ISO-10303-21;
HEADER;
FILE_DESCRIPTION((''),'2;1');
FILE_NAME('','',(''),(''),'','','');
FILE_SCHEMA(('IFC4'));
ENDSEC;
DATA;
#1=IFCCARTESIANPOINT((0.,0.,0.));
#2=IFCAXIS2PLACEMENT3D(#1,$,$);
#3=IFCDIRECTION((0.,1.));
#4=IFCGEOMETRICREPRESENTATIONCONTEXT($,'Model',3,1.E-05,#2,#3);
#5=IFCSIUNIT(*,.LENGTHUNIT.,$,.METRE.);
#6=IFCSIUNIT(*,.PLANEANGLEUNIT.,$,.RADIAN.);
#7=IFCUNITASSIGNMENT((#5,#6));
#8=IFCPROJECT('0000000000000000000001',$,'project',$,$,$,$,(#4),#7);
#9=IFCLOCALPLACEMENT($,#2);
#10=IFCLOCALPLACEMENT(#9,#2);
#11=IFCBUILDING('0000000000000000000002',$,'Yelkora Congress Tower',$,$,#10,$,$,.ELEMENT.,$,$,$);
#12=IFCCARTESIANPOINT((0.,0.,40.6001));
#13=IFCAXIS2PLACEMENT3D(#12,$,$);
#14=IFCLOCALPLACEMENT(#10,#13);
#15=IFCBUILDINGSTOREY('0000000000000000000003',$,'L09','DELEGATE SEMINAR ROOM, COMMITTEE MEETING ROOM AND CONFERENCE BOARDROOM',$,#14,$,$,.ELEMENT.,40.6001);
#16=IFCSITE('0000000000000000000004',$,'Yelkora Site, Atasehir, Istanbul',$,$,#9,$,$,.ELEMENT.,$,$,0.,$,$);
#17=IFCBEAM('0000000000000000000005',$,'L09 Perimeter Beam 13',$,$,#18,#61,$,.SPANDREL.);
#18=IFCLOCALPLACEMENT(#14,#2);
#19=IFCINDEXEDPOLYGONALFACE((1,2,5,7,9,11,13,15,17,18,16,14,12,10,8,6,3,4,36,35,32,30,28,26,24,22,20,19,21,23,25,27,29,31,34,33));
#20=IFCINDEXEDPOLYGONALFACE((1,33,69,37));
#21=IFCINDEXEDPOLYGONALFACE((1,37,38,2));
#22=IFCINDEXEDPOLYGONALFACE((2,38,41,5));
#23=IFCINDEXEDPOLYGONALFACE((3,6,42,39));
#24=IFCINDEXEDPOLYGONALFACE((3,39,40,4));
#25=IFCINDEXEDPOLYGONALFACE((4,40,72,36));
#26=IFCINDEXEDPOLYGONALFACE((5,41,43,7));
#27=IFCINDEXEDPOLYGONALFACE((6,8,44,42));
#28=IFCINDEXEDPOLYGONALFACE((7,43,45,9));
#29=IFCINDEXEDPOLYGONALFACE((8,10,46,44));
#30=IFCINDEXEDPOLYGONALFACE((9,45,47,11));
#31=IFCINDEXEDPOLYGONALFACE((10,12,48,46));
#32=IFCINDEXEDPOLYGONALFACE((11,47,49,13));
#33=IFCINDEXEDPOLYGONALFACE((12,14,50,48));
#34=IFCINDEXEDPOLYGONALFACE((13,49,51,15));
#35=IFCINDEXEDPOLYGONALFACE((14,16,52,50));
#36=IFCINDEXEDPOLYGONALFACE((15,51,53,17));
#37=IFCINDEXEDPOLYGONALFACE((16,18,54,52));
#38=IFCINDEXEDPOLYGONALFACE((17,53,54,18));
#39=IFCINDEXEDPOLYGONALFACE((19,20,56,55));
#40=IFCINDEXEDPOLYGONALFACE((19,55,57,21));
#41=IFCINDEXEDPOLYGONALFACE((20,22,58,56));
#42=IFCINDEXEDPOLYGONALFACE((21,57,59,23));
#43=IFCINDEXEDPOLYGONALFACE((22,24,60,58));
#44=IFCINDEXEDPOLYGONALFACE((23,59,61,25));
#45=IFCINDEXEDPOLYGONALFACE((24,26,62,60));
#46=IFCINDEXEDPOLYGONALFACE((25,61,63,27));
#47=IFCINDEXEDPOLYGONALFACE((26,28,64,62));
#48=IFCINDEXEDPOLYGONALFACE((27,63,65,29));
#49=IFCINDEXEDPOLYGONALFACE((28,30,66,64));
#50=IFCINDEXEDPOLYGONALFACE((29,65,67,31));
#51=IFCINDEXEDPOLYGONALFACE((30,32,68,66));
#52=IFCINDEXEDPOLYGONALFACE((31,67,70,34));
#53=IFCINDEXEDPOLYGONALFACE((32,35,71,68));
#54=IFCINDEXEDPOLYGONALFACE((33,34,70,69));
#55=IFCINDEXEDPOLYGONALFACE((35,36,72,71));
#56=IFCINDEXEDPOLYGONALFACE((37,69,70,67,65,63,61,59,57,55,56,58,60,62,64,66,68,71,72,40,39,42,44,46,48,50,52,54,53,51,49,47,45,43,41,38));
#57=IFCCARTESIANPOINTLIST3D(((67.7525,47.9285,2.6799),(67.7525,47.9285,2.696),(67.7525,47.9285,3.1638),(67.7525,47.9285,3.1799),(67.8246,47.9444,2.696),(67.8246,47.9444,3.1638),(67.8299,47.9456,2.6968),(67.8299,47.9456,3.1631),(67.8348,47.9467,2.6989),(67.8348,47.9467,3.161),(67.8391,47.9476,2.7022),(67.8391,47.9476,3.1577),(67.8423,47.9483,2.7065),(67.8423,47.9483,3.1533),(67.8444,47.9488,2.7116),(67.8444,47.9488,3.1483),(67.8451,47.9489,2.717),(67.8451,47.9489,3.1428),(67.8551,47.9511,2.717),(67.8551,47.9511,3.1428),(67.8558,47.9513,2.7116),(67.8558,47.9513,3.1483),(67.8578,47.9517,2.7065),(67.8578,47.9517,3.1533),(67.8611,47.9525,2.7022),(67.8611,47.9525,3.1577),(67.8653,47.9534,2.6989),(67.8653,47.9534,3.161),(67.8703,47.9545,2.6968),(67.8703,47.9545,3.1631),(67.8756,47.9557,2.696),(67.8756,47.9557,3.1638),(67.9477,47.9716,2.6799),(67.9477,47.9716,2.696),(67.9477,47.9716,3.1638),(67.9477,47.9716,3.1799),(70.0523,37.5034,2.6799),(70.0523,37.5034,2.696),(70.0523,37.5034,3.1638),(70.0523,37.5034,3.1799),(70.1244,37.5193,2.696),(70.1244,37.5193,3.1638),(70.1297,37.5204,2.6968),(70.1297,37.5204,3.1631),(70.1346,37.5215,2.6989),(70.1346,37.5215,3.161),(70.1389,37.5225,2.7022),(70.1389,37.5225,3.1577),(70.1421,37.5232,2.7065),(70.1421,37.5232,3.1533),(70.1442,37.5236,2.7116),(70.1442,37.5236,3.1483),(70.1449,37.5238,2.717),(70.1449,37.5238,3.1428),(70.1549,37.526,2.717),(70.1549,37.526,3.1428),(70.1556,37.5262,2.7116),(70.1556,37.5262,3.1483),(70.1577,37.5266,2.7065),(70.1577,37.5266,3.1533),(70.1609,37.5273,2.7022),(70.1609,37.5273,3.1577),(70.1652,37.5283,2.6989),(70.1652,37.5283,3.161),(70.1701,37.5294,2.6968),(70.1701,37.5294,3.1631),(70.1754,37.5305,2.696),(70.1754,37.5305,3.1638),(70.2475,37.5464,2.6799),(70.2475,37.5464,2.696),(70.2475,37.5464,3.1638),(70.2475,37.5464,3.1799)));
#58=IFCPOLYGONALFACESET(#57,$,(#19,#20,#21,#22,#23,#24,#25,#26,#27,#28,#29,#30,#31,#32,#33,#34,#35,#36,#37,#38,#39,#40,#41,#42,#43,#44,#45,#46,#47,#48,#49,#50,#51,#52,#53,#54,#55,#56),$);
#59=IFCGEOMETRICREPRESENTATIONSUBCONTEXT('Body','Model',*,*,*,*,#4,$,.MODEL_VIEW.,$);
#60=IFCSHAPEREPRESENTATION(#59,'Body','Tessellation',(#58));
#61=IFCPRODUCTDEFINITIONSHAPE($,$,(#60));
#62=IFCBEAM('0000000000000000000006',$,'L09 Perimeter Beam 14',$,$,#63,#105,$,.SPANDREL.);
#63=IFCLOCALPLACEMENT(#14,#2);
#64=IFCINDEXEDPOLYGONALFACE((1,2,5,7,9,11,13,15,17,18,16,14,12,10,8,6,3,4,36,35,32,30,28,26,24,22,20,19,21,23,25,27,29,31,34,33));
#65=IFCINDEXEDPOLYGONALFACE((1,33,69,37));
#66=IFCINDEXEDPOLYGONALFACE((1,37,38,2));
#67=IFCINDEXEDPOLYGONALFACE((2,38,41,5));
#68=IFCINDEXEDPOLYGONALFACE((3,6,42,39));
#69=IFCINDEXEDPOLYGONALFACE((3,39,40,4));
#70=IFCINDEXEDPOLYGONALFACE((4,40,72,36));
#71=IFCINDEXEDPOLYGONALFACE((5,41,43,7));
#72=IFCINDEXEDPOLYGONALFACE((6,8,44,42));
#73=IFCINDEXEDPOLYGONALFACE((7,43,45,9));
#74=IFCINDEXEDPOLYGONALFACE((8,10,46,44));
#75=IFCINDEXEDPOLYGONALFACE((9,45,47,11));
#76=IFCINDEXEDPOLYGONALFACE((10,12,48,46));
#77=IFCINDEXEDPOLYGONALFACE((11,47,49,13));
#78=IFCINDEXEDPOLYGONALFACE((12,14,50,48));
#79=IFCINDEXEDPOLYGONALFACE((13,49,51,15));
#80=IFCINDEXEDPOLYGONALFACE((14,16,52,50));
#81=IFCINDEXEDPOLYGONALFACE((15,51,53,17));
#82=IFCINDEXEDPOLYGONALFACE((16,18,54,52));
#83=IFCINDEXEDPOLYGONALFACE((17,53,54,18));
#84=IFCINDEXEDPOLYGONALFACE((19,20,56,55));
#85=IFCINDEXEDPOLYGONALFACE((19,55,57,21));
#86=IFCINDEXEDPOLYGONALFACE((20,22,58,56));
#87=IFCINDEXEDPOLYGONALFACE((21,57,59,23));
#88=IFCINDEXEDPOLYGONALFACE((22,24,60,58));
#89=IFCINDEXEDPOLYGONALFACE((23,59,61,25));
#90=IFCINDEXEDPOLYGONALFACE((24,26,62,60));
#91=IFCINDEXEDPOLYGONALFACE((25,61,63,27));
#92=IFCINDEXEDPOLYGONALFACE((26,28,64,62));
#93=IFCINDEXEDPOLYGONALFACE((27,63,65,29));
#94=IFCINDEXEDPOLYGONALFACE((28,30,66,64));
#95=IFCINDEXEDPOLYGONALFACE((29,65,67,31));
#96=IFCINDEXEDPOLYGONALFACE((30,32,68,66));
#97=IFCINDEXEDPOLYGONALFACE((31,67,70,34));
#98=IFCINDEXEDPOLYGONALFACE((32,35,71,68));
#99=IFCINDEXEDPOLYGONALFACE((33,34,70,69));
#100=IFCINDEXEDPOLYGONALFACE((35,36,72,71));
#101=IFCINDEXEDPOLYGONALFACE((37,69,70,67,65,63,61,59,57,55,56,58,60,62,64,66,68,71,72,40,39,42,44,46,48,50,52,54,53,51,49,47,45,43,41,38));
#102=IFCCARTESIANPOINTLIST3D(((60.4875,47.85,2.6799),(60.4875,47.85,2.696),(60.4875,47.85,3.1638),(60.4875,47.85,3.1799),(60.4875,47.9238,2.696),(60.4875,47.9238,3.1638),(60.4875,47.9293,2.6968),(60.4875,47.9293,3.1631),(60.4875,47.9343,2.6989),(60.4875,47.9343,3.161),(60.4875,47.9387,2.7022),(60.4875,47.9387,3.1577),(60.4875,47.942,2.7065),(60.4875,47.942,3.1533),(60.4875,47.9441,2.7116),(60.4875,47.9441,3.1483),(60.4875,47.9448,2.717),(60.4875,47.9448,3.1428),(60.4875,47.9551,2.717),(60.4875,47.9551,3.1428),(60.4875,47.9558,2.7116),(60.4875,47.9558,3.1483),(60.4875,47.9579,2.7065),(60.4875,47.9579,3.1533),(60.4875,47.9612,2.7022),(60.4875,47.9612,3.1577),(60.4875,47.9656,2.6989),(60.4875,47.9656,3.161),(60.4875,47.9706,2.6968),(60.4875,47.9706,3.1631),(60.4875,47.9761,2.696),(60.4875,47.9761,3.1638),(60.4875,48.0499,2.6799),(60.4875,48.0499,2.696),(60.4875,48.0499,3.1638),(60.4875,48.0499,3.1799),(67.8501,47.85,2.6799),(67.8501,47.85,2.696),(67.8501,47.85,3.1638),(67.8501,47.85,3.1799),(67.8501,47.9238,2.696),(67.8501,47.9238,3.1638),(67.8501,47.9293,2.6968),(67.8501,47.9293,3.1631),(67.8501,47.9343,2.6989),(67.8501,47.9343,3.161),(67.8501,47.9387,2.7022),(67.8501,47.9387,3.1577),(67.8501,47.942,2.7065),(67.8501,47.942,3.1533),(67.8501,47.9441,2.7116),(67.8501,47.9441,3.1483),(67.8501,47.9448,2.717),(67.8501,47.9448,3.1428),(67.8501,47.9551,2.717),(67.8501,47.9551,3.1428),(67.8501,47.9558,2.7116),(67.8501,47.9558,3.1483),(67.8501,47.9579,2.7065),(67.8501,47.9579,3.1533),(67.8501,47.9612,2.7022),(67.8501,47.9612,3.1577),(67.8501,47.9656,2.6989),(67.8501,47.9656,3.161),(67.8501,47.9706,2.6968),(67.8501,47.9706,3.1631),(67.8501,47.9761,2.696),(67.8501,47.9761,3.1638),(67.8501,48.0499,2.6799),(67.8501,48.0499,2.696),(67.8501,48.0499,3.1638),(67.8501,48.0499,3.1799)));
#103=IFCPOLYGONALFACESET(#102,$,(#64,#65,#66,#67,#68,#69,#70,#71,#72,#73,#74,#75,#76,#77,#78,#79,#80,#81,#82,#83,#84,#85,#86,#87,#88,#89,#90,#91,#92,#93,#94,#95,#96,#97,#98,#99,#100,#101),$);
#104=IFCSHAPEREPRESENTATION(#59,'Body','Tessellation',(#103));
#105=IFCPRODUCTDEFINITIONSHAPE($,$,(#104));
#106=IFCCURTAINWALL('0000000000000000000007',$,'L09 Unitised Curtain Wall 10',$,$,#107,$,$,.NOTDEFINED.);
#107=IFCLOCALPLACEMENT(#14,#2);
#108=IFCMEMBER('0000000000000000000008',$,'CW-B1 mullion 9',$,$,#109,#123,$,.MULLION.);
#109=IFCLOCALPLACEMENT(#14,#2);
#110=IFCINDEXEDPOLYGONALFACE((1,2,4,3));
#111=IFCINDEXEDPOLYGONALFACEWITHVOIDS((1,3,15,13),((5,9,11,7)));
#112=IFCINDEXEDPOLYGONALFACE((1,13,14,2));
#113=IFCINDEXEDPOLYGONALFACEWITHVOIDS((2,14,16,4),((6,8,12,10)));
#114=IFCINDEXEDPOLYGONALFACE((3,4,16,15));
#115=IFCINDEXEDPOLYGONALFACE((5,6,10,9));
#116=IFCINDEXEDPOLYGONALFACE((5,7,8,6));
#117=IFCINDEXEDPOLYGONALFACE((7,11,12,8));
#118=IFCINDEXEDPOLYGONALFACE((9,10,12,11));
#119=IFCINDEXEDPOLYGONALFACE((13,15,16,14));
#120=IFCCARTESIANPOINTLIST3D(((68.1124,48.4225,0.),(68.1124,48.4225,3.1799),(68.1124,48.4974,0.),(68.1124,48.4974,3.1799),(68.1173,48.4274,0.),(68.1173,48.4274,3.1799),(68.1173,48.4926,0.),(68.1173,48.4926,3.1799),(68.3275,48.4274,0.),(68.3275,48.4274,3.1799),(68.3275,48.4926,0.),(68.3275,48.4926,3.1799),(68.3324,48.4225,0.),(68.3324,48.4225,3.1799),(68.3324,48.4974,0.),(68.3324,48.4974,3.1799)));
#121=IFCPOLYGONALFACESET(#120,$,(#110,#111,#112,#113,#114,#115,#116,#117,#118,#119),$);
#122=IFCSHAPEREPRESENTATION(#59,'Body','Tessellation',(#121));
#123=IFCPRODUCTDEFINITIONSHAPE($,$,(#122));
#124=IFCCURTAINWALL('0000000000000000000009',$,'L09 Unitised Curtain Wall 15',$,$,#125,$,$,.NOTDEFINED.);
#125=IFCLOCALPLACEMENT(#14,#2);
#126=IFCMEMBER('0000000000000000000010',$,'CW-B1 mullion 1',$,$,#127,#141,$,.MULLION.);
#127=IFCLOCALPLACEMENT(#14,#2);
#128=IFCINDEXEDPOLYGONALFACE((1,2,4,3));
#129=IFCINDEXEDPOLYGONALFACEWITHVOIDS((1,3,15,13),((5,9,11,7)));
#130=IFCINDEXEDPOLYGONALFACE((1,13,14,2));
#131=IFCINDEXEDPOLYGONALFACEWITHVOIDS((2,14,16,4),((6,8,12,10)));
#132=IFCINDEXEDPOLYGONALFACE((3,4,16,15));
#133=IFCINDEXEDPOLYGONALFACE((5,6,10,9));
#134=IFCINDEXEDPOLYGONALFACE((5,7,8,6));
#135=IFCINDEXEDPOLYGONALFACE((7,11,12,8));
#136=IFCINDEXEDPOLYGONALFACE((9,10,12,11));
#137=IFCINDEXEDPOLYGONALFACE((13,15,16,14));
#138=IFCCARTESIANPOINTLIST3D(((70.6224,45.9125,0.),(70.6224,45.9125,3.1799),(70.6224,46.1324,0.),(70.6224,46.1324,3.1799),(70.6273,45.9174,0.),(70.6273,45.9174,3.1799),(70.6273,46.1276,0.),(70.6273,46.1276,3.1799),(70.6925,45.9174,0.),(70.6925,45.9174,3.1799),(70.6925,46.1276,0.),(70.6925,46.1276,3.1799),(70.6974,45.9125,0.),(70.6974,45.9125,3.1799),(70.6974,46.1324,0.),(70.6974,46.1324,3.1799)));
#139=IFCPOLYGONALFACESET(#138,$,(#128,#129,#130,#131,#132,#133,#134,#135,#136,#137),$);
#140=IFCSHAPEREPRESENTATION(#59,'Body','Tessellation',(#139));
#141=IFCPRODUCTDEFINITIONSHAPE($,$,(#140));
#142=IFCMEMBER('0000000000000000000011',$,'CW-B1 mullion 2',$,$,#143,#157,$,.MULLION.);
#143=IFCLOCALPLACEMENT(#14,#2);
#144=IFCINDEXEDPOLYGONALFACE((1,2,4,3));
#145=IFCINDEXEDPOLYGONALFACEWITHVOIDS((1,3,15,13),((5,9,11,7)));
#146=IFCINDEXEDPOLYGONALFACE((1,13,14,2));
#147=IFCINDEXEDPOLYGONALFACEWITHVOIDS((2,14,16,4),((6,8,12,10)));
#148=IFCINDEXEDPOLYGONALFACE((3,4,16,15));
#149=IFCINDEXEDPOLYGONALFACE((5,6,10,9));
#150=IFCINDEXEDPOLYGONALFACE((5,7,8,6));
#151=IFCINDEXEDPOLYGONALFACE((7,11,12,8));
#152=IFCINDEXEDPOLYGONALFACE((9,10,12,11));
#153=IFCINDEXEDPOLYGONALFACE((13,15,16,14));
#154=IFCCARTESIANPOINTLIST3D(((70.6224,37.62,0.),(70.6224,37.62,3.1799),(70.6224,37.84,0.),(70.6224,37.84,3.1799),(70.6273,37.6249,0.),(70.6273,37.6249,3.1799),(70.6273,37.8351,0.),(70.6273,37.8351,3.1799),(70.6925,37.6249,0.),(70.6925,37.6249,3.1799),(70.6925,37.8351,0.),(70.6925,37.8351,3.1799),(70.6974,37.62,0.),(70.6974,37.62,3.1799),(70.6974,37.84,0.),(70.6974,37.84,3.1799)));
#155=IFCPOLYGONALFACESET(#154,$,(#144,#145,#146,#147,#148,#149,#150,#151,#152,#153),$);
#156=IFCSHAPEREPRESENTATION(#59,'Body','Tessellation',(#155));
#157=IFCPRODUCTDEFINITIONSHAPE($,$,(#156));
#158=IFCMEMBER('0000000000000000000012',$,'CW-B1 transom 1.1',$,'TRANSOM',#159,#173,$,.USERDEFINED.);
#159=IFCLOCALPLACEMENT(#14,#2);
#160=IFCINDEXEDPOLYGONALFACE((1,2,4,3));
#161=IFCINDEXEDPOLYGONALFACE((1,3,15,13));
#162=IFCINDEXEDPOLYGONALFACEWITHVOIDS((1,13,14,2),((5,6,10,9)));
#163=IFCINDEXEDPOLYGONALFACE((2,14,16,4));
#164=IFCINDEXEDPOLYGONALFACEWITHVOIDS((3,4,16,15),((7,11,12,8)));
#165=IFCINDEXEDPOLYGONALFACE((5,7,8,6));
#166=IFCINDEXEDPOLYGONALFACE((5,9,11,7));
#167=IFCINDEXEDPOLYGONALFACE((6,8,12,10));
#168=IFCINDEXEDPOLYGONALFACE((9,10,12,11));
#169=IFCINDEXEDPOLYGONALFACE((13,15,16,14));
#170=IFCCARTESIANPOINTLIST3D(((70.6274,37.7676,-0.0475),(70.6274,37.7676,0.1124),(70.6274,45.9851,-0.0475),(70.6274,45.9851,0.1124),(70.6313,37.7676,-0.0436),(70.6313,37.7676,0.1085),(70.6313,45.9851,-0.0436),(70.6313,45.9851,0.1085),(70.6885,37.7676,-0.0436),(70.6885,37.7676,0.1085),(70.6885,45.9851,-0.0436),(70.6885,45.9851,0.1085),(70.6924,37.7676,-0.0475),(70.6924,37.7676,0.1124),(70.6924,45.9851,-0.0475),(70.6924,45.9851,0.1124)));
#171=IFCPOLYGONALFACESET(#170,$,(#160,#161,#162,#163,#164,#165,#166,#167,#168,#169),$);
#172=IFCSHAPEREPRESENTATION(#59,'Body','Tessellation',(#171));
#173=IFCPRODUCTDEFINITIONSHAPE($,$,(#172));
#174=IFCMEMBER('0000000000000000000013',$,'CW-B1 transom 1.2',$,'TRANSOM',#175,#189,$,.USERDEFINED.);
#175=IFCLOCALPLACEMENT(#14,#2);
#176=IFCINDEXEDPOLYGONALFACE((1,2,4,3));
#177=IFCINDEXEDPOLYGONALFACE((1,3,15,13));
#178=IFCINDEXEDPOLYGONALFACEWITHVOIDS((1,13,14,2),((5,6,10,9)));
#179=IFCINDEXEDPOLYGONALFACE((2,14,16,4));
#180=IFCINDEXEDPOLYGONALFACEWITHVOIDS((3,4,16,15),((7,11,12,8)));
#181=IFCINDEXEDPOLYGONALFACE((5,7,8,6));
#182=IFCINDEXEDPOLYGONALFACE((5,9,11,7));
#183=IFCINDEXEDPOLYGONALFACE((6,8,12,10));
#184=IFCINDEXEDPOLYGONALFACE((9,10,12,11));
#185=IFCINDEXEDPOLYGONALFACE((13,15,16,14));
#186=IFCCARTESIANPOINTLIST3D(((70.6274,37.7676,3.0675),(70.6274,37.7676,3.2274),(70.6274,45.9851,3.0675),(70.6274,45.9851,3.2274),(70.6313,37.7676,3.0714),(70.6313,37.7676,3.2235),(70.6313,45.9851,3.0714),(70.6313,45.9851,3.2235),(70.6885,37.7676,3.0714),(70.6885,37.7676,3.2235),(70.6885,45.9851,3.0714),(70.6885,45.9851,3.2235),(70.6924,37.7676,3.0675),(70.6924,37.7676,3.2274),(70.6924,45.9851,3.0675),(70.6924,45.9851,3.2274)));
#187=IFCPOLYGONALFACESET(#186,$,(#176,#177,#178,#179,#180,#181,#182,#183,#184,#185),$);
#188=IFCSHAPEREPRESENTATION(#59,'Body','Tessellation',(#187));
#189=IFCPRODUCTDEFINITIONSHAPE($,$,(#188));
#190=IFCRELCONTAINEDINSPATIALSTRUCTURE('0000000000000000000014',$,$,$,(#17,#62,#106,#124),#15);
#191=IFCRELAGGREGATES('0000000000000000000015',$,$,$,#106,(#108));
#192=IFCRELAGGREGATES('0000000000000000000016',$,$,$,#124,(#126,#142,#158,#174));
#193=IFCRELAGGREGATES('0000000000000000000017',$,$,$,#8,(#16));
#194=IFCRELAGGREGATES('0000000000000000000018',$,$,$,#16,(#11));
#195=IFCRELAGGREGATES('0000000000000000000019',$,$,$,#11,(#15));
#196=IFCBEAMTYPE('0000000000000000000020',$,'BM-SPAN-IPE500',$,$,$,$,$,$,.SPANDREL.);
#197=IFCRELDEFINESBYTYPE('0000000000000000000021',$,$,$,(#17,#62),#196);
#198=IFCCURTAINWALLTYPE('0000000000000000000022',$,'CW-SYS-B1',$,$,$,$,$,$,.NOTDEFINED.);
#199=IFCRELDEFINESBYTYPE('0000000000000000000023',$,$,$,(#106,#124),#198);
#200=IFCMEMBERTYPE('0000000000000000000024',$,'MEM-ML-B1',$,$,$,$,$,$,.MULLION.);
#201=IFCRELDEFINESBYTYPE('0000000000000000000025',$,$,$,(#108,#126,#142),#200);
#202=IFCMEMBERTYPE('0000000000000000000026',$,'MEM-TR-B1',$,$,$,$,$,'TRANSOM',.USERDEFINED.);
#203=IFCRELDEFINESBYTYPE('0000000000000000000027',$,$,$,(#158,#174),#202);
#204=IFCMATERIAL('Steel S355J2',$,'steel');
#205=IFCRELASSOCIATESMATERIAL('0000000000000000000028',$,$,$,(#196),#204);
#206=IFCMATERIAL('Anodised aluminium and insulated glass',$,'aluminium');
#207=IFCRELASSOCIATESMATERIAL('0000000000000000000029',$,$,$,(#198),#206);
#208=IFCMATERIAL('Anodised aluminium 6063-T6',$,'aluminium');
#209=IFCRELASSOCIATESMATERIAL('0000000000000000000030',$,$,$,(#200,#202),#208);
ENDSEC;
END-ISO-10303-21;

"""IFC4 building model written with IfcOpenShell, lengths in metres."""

from ifc_helpers import new_model, si_unit, direction, frame, origin, origin_2d, place, context, subcontext, project, spatial, hollow_rectangle, i_section, extrude, material, material_profile, profile_set, type_object, element, aggregate, save


model = new_model("IFC4")

# Units and contexts
model_context = context("Model", 3, precision=1e-05, world=origin(), true_north=direction((0.0, 1.0)))
body_context = subcontext(model_context, "Body", "Model", "MODEL_VIEW")
ifc_project = project(units=[si_unit("LENGTHUNIT", "METRE"), si_unit("PLANEANGLEUNIT", "RADIAN")], contexts=[model_context])

# Site, building, storey
site_placement = place(None, origin())
site = spatial("IfcSite", under=ifc_project, at=site_placement, Name="Yelkora Site, Atasehir, Istanbul", CompositionType="ELEMENT", RefElevation=0.0)
building_placement = place(site_placement, origin())
building = spatial("IfcBuilding", under=site, at=building_placement, Name="Yelkora Congress Tower", CompositionType="ELEMENT")
storey_placement = place(building_placement, frame((0.0, 0.0, 40.6001)))
storey = spatial("IfcBuildingStorey", under=building, at=storey_placement, Name="L09", Description="DELEGATE SEMINAR ROOM, COMMITTEE MEETING ROOM AND CONFERENCE BOARDROOM", CompositionType="ELEMENT", Elevation=40.6001)

# Beams
ifc_material_1 = material(Name="Steel S355J2", Category="steel")
ifc_material_profile_1 = material_profile(ifc_material_1, i_section(OverallWidth=0.2, OverallDepth=0.5, WebThickness=0.0103, FlangeThickness=0.0161, FilletRadius=0.021, at=origin_2d()), Name="IPE 500")
ifc_profile_set_1 = profile_set([ifc_material_profile_1], Name="Steel S355J2")
beam_type_1 = type_object("IfcBeamType", Name="BM-SPAN-IPE500", PredefinedType="SPANDREL", material=ifc_profile_set_1)
beam_1_placement = place(storey_placement, frame((70.1499, 37.5249, 2.9299), z_axis=(-0.215424, 0.976521, 0.0), x_axis=(-0.976521, -0.215424, 0.0)))
element("IfcBeam", 1, at=beam_1_placement, inside=storey, type_object=beam_type_1, Name="L09 Perimeter Beam 13", PredefinedType="SPANDREL", context=body_context, shape_type="SweptSolid", body=[
    extrude(i_section(OverallWidth=0.2, OverallDepth=0.5, WebThickness=0.0103, FlangeThickness=0.0161, FilletRadius=0.021, at=origin_2d()), origin(), (0.0, 0.0, 1.0), 10.6758),
])
beam_2_placement = place(storey_placement, frame((67.8501, 47.95, 2.9299), z_axis=(-1.0, 0.0, 0.0), x_axis=(0.0, -1.0, 0.0)))
element("IfcBeam", 2, at=beam_2_placement, inside=storey, type_object=beam_type_1, Name="L09 Perimeter Beam 14", PredefinedType="SPANDREL", context=body_context, shape_type="SweptSolid", body=[
    extrude(i_section(OverallWidth=0.2, OverallDepth=0.5, WebThickness=0.0103, FlangeThickness=0.0161, FilletRadius=0.021, at=origin_2d()), origin(), (0.0, 0.0, 1.0), 7.3625),
])

# Curtain wall, member
ifc_material_2 = material(Name="Anodised aluminium and insulated glass", Category="aluminium")
curtain_wall_type = type_object("IfcCurtainWallType", Name="CW-SYS-B1", PredefinedType="NOTDEFINED", material=ifc_material_2)
curtain_wall_1_placement = place(storey_placement, origin())
curtain_wall_1 = element("IfcCurtainWall", 3, at=curtain_wall_1_placement, inside=storey, type_object=curtain_wall_type, Name="L09 Unitised Curtain Wall 10", PredefinedType="NOTDEFINED")
ifc_material_3 = material(Name="Anodised aluminium 6063-T6", Category="aluminium")
ifc_material_profile_2 = material_profile(ifc_material_3, hollow_rectangle(XDim=0.075, YDim=0.22, WallThickness=0.0049, at=origin_2d()), Name="ALU 75x220x5")
ifc_profile_set_2 = profile_set([ifc_material_profile_2], Name="Anodised aluminium 6063-T6")
member_type_1 = type_object("IfcMemberType", Name="MEM-ML-B1", PredefinedType="MULLION", material=ifc_profile_set_2)
member_1_placement = place(storey_placement, frame((68.2224, 48.46, 0.0), z_axis=(0.0, 0.0, 1.0), x_axis=(0.0, 1.0, 0.0)))
member_1 = element("IfcMember", 4, at=member_1_placement, type_object=member_type_1, Name="CW-B1 mullion 9", PredefinedType="MULLION", context=body_context, shape_type="SweptSolid", body=[
    extrude(hollow_rectangle(XDim=0.075, YDim=0.22, WallThickness=0.0049, at=origin_2d()), origin(), (0.0, 0.0, 1.0), 3.1799),
])

# Curtain wall, members
curtain_wall_2_placement = place(storey_placement, origin())
curtain_wall_2 = element("IfcCurtainWall", 5, at=curtain_wall_2_placement, inside=storey, type_object=curtain_wall_type, Name="L09 Unitised Curtain Wall 15", PredefinedType="NOTDEFINED")
member_2_placement = place(storey_placement, frame((70.6599, 46.0225, 0.0), z_axis=(0.0, 0.0, 1.0), x_axis=(1.0, 0.0, 0.0)))
member_2 = element("IfcMember", 6, at=member_2_placement, type_object=member_type_1, Name="CW-B1 mullion 1", PredefinedType="MULLION", context=body_context, shape_type="SweptSolid", body=[
    extrude(hollow_rectangle(XDim=0.075, YDim=0.22, WallThickness=0.0049, at=origin_2d()), origin(), (0.0, 0.0, 1.0), 3.1799),
])
member_3_placement = place(storey_placement, frame((70.6599, 37.73, 0.0), z_axis=(0.0, 0.0, 1.0), x_axis=(1.0, 0.0, 0.0)))
member_3 = element("IfcMember", 7, at=member_3_placement, type_object=member_type_1, Name="CW-B1 mullion 2", PredefinedType="MULLION", context=body_context, shape_type="SweptSolid", body=[
    extrude(hollow_rectangle(XDim=0.075, YDim=0.22, WallThickness=0.0049, at=origin_2d()), origin(), (0.0, 0.0, 1.0), 3.1799),
])
ifc_material_profile_3 = material_profile(ifc_material_3, hollow_rectangle(XDim=0.0649, YDim=0.1599, WallThickness=0.0039, at=origin_2d()), Name="ALU 65x160x4")
ifc_profile_set_3 = profile_set([ifc_material_profile_3], Name="Anodised aluminium 6063-T6")
member_type_2 = type_object("IfcMemberType", Name="MEM-TR-B1", ElementType="TRANSOM", PredefinedType="USERDEFINED", material=ifc_profile_set_3)
member_4_placement = place(storey_placement, frame((70.6599, 45.9851, 0.0325), z_axis=(0.0, -1.0, 0.0), x_axis=(1.0, 0.0, 0.0)))
member_4 = element("IfcMember", 8, at=member_4_placement, type_object=member_type_2, Name="CW-B1 transom 1.1", ObjectType="TRANSOM", PredefinedType="USERDEFINED", context=body_context, shape_type="SweptSolid", body=[
    extrude(hollow_rectangle(XDim=0.0649, YDim=0.1599, WallThickness=0.0039, at=origin_2d()), origin(), (0.0, 0.0, 1.0), 8.2175),
])
member_5_placement = place(storey_placement, frame((70.6599, 45.9851, 3.1475), z_axis=(0.0, -1.0, 0.0), x_axis=(1.0, 0.0, 0.0)))
member_5 = element("IfcMember", 9, at=member_5_placement, type_object=member_type_2, Name="CW-B1 transom 1.2", ObjectType="TRANSOM", PredefinedType="USERDEFINED", context=body_context, shape_type="SweptSolid", body=[
    extrude(hollow_rectangle(XDim=0.0649, YDim=0.1599, WallThickness=0.0039, at=origin_2d()), origin(), (0.0, 0.0, 1.0), 8.2175),
])

aggregate(curtain_wall_1, [member_1])
aggregate(curtain_wall_2, [member_2, member_3, member_4, member_5])

save(model, "model.ifc")
